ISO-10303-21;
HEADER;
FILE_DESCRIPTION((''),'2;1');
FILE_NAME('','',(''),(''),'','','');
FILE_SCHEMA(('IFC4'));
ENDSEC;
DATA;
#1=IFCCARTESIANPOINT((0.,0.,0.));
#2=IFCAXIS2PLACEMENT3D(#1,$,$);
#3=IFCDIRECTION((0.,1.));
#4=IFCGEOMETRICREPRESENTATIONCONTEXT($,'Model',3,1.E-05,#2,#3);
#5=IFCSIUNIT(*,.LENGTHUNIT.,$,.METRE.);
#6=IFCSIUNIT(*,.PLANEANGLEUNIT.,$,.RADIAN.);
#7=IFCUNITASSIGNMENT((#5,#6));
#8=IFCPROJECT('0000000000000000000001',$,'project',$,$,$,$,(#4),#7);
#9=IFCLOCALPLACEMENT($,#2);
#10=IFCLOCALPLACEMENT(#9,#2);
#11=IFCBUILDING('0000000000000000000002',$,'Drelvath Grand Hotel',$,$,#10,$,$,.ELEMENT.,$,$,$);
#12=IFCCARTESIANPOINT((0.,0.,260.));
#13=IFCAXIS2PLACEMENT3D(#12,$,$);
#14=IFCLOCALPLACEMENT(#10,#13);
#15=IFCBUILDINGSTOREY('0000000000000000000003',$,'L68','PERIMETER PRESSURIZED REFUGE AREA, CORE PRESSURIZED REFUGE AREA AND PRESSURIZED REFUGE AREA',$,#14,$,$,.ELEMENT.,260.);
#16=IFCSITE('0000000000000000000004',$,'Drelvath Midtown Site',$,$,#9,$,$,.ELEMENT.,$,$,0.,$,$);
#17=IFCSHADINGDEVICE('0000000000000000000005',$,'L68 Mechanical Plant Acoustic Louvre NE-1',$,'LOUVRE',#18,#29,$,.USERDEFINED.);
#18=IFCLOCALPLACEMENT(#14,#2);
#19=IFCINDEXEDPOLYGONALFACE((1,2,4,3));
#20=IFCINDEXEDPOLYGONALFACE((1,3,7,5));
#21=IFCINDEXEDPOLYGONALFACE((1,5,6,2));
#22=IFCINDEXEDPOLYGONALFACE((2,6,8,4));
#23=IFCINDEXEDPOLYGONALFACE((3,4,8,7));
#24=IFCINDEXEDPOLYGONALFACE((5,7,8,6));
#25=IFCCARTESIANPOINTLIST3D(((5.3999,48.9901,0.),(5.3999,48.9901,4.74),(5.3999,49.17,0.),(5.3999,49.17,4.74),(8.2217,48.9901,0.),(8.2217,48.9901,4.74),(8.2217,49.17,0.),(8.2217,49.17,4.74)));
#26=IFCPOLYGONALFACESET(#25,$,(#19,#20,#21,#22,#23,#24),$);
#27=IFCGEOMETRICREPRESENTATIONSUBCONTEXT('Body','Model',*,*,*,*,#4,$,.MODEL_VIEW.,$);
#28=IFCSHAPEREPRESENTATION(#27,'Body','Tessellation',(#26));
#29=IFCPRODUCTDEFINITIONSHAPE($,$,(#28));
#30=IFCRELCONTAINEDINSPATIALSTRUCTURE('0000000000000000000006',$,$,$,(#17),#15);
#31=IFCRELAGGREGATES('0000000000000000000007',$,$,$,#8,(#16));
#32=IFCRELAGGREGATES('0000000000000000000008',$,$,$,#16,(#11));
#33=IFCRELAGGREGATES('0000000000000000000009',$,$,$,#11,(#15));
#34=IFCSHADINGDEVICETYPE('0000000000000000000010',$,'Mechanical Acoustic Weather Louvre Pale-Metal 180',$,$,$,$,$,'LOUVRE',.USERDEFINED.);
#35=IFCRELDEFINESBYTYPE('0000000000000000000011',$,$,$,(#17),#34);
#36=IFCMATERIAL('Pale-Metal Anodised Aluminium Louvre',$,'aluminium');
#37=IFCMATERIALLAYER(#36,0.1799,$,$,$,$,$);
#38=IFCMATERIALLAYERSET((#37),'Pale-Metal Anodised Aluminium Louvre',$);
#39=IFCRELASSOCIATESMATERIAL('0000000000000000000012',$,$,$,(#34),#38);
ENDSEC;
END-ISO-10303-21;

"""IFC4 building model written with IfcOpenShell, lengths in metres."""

from ifc_helpers import new_model, si_unit, direction, frame, origin, origin_2d, place, context, subcontext, project, spatial, rectangle, extrude, material, layer, layer_set, type_object, element, save


model = new_model("IFC4")

# Units and contexts
model_context = context("Model", 3, precision=1e-05, world=origin(), true_north=direction((0.0, 1.0)))
body_context = subcontext(model_context, "Body", "Model", "MODEL_VIEW")
ifc_project = project(units=[si_unit("LENGTHUNIT", "METRE"), si_unit("PLANEANGLEUNIT", "RADIAN")], contexts=[model_context])

# Site, building, storey
site_placement = place(None, origin())
site = spatial("IfcSite", under=ifc_project, at=site_placement, Name="Drelvath Midtown Site", CompositionType="ELEMENT", RefElevation=0.0)
building_placement = place(site_placement, origin())
building = spatial("IfcBuilding", under=site, at=building_placement, Name="Drelvath Grand Hotel", CompositionType="ELEMENT")
storey_placement = place(building_placement, frame((0.0, 0.0, 260.0)))
storey = spatial("IfcBuildingStorey", under=building, at=storey_placement, Name="L68", Description="PERIMETER PRESSURIZED REFUGE AREA, CORE PRESSURIZED REFUGE AREA AND PRESSURIZED REFUGE AREA", CompositionType="ELEMENT", Elevation=260.0)

# Shading device
ifc_material_1 = material(Name="Pale-Metal Anodised Aluminium Louvre", Category="aluminium")
ifc_layer_1 = layer(ifc_material_1, 0.1799)
ifc_layer_set_1 = layer_set([ifc_layer_1], Name="Pale-Metal Anodised Aluminium Louvre")
shading_device_type = type_object("IfcShadingDeviceType", Name="Mechanical Acoustic Weather Louvre Pale-Metal 180", ElementType="LOUVRE", PredefinedType="USERDEFINED", material=ifc_layer_set_1)
shading_device_1_placement = place(storey_placement, frame((6.8108, 49.0801, 0.0), z_axis=(0.0, 0.0, 1.0), x_axis=(1.0, 0.0, 0.0)))
element("IfcShadingDevice", 1, at=shading_device_1_placement, inside=storey, type_object=shading_device_type, Name="L68 Mechanical Plant Acoustic Louvre NE-1", ObjectType="LOUVRE", PredefinedType="USERDEFINED", context=body_context, shape_type="SweptSolid", body=[
    extrude(rectangle(XDim=2.8218, YDim=0.1799, at=origin_2d()), origin(), (0.0, 0.0, 1.0), 4.74),
])

save(model, "model.ifc")
